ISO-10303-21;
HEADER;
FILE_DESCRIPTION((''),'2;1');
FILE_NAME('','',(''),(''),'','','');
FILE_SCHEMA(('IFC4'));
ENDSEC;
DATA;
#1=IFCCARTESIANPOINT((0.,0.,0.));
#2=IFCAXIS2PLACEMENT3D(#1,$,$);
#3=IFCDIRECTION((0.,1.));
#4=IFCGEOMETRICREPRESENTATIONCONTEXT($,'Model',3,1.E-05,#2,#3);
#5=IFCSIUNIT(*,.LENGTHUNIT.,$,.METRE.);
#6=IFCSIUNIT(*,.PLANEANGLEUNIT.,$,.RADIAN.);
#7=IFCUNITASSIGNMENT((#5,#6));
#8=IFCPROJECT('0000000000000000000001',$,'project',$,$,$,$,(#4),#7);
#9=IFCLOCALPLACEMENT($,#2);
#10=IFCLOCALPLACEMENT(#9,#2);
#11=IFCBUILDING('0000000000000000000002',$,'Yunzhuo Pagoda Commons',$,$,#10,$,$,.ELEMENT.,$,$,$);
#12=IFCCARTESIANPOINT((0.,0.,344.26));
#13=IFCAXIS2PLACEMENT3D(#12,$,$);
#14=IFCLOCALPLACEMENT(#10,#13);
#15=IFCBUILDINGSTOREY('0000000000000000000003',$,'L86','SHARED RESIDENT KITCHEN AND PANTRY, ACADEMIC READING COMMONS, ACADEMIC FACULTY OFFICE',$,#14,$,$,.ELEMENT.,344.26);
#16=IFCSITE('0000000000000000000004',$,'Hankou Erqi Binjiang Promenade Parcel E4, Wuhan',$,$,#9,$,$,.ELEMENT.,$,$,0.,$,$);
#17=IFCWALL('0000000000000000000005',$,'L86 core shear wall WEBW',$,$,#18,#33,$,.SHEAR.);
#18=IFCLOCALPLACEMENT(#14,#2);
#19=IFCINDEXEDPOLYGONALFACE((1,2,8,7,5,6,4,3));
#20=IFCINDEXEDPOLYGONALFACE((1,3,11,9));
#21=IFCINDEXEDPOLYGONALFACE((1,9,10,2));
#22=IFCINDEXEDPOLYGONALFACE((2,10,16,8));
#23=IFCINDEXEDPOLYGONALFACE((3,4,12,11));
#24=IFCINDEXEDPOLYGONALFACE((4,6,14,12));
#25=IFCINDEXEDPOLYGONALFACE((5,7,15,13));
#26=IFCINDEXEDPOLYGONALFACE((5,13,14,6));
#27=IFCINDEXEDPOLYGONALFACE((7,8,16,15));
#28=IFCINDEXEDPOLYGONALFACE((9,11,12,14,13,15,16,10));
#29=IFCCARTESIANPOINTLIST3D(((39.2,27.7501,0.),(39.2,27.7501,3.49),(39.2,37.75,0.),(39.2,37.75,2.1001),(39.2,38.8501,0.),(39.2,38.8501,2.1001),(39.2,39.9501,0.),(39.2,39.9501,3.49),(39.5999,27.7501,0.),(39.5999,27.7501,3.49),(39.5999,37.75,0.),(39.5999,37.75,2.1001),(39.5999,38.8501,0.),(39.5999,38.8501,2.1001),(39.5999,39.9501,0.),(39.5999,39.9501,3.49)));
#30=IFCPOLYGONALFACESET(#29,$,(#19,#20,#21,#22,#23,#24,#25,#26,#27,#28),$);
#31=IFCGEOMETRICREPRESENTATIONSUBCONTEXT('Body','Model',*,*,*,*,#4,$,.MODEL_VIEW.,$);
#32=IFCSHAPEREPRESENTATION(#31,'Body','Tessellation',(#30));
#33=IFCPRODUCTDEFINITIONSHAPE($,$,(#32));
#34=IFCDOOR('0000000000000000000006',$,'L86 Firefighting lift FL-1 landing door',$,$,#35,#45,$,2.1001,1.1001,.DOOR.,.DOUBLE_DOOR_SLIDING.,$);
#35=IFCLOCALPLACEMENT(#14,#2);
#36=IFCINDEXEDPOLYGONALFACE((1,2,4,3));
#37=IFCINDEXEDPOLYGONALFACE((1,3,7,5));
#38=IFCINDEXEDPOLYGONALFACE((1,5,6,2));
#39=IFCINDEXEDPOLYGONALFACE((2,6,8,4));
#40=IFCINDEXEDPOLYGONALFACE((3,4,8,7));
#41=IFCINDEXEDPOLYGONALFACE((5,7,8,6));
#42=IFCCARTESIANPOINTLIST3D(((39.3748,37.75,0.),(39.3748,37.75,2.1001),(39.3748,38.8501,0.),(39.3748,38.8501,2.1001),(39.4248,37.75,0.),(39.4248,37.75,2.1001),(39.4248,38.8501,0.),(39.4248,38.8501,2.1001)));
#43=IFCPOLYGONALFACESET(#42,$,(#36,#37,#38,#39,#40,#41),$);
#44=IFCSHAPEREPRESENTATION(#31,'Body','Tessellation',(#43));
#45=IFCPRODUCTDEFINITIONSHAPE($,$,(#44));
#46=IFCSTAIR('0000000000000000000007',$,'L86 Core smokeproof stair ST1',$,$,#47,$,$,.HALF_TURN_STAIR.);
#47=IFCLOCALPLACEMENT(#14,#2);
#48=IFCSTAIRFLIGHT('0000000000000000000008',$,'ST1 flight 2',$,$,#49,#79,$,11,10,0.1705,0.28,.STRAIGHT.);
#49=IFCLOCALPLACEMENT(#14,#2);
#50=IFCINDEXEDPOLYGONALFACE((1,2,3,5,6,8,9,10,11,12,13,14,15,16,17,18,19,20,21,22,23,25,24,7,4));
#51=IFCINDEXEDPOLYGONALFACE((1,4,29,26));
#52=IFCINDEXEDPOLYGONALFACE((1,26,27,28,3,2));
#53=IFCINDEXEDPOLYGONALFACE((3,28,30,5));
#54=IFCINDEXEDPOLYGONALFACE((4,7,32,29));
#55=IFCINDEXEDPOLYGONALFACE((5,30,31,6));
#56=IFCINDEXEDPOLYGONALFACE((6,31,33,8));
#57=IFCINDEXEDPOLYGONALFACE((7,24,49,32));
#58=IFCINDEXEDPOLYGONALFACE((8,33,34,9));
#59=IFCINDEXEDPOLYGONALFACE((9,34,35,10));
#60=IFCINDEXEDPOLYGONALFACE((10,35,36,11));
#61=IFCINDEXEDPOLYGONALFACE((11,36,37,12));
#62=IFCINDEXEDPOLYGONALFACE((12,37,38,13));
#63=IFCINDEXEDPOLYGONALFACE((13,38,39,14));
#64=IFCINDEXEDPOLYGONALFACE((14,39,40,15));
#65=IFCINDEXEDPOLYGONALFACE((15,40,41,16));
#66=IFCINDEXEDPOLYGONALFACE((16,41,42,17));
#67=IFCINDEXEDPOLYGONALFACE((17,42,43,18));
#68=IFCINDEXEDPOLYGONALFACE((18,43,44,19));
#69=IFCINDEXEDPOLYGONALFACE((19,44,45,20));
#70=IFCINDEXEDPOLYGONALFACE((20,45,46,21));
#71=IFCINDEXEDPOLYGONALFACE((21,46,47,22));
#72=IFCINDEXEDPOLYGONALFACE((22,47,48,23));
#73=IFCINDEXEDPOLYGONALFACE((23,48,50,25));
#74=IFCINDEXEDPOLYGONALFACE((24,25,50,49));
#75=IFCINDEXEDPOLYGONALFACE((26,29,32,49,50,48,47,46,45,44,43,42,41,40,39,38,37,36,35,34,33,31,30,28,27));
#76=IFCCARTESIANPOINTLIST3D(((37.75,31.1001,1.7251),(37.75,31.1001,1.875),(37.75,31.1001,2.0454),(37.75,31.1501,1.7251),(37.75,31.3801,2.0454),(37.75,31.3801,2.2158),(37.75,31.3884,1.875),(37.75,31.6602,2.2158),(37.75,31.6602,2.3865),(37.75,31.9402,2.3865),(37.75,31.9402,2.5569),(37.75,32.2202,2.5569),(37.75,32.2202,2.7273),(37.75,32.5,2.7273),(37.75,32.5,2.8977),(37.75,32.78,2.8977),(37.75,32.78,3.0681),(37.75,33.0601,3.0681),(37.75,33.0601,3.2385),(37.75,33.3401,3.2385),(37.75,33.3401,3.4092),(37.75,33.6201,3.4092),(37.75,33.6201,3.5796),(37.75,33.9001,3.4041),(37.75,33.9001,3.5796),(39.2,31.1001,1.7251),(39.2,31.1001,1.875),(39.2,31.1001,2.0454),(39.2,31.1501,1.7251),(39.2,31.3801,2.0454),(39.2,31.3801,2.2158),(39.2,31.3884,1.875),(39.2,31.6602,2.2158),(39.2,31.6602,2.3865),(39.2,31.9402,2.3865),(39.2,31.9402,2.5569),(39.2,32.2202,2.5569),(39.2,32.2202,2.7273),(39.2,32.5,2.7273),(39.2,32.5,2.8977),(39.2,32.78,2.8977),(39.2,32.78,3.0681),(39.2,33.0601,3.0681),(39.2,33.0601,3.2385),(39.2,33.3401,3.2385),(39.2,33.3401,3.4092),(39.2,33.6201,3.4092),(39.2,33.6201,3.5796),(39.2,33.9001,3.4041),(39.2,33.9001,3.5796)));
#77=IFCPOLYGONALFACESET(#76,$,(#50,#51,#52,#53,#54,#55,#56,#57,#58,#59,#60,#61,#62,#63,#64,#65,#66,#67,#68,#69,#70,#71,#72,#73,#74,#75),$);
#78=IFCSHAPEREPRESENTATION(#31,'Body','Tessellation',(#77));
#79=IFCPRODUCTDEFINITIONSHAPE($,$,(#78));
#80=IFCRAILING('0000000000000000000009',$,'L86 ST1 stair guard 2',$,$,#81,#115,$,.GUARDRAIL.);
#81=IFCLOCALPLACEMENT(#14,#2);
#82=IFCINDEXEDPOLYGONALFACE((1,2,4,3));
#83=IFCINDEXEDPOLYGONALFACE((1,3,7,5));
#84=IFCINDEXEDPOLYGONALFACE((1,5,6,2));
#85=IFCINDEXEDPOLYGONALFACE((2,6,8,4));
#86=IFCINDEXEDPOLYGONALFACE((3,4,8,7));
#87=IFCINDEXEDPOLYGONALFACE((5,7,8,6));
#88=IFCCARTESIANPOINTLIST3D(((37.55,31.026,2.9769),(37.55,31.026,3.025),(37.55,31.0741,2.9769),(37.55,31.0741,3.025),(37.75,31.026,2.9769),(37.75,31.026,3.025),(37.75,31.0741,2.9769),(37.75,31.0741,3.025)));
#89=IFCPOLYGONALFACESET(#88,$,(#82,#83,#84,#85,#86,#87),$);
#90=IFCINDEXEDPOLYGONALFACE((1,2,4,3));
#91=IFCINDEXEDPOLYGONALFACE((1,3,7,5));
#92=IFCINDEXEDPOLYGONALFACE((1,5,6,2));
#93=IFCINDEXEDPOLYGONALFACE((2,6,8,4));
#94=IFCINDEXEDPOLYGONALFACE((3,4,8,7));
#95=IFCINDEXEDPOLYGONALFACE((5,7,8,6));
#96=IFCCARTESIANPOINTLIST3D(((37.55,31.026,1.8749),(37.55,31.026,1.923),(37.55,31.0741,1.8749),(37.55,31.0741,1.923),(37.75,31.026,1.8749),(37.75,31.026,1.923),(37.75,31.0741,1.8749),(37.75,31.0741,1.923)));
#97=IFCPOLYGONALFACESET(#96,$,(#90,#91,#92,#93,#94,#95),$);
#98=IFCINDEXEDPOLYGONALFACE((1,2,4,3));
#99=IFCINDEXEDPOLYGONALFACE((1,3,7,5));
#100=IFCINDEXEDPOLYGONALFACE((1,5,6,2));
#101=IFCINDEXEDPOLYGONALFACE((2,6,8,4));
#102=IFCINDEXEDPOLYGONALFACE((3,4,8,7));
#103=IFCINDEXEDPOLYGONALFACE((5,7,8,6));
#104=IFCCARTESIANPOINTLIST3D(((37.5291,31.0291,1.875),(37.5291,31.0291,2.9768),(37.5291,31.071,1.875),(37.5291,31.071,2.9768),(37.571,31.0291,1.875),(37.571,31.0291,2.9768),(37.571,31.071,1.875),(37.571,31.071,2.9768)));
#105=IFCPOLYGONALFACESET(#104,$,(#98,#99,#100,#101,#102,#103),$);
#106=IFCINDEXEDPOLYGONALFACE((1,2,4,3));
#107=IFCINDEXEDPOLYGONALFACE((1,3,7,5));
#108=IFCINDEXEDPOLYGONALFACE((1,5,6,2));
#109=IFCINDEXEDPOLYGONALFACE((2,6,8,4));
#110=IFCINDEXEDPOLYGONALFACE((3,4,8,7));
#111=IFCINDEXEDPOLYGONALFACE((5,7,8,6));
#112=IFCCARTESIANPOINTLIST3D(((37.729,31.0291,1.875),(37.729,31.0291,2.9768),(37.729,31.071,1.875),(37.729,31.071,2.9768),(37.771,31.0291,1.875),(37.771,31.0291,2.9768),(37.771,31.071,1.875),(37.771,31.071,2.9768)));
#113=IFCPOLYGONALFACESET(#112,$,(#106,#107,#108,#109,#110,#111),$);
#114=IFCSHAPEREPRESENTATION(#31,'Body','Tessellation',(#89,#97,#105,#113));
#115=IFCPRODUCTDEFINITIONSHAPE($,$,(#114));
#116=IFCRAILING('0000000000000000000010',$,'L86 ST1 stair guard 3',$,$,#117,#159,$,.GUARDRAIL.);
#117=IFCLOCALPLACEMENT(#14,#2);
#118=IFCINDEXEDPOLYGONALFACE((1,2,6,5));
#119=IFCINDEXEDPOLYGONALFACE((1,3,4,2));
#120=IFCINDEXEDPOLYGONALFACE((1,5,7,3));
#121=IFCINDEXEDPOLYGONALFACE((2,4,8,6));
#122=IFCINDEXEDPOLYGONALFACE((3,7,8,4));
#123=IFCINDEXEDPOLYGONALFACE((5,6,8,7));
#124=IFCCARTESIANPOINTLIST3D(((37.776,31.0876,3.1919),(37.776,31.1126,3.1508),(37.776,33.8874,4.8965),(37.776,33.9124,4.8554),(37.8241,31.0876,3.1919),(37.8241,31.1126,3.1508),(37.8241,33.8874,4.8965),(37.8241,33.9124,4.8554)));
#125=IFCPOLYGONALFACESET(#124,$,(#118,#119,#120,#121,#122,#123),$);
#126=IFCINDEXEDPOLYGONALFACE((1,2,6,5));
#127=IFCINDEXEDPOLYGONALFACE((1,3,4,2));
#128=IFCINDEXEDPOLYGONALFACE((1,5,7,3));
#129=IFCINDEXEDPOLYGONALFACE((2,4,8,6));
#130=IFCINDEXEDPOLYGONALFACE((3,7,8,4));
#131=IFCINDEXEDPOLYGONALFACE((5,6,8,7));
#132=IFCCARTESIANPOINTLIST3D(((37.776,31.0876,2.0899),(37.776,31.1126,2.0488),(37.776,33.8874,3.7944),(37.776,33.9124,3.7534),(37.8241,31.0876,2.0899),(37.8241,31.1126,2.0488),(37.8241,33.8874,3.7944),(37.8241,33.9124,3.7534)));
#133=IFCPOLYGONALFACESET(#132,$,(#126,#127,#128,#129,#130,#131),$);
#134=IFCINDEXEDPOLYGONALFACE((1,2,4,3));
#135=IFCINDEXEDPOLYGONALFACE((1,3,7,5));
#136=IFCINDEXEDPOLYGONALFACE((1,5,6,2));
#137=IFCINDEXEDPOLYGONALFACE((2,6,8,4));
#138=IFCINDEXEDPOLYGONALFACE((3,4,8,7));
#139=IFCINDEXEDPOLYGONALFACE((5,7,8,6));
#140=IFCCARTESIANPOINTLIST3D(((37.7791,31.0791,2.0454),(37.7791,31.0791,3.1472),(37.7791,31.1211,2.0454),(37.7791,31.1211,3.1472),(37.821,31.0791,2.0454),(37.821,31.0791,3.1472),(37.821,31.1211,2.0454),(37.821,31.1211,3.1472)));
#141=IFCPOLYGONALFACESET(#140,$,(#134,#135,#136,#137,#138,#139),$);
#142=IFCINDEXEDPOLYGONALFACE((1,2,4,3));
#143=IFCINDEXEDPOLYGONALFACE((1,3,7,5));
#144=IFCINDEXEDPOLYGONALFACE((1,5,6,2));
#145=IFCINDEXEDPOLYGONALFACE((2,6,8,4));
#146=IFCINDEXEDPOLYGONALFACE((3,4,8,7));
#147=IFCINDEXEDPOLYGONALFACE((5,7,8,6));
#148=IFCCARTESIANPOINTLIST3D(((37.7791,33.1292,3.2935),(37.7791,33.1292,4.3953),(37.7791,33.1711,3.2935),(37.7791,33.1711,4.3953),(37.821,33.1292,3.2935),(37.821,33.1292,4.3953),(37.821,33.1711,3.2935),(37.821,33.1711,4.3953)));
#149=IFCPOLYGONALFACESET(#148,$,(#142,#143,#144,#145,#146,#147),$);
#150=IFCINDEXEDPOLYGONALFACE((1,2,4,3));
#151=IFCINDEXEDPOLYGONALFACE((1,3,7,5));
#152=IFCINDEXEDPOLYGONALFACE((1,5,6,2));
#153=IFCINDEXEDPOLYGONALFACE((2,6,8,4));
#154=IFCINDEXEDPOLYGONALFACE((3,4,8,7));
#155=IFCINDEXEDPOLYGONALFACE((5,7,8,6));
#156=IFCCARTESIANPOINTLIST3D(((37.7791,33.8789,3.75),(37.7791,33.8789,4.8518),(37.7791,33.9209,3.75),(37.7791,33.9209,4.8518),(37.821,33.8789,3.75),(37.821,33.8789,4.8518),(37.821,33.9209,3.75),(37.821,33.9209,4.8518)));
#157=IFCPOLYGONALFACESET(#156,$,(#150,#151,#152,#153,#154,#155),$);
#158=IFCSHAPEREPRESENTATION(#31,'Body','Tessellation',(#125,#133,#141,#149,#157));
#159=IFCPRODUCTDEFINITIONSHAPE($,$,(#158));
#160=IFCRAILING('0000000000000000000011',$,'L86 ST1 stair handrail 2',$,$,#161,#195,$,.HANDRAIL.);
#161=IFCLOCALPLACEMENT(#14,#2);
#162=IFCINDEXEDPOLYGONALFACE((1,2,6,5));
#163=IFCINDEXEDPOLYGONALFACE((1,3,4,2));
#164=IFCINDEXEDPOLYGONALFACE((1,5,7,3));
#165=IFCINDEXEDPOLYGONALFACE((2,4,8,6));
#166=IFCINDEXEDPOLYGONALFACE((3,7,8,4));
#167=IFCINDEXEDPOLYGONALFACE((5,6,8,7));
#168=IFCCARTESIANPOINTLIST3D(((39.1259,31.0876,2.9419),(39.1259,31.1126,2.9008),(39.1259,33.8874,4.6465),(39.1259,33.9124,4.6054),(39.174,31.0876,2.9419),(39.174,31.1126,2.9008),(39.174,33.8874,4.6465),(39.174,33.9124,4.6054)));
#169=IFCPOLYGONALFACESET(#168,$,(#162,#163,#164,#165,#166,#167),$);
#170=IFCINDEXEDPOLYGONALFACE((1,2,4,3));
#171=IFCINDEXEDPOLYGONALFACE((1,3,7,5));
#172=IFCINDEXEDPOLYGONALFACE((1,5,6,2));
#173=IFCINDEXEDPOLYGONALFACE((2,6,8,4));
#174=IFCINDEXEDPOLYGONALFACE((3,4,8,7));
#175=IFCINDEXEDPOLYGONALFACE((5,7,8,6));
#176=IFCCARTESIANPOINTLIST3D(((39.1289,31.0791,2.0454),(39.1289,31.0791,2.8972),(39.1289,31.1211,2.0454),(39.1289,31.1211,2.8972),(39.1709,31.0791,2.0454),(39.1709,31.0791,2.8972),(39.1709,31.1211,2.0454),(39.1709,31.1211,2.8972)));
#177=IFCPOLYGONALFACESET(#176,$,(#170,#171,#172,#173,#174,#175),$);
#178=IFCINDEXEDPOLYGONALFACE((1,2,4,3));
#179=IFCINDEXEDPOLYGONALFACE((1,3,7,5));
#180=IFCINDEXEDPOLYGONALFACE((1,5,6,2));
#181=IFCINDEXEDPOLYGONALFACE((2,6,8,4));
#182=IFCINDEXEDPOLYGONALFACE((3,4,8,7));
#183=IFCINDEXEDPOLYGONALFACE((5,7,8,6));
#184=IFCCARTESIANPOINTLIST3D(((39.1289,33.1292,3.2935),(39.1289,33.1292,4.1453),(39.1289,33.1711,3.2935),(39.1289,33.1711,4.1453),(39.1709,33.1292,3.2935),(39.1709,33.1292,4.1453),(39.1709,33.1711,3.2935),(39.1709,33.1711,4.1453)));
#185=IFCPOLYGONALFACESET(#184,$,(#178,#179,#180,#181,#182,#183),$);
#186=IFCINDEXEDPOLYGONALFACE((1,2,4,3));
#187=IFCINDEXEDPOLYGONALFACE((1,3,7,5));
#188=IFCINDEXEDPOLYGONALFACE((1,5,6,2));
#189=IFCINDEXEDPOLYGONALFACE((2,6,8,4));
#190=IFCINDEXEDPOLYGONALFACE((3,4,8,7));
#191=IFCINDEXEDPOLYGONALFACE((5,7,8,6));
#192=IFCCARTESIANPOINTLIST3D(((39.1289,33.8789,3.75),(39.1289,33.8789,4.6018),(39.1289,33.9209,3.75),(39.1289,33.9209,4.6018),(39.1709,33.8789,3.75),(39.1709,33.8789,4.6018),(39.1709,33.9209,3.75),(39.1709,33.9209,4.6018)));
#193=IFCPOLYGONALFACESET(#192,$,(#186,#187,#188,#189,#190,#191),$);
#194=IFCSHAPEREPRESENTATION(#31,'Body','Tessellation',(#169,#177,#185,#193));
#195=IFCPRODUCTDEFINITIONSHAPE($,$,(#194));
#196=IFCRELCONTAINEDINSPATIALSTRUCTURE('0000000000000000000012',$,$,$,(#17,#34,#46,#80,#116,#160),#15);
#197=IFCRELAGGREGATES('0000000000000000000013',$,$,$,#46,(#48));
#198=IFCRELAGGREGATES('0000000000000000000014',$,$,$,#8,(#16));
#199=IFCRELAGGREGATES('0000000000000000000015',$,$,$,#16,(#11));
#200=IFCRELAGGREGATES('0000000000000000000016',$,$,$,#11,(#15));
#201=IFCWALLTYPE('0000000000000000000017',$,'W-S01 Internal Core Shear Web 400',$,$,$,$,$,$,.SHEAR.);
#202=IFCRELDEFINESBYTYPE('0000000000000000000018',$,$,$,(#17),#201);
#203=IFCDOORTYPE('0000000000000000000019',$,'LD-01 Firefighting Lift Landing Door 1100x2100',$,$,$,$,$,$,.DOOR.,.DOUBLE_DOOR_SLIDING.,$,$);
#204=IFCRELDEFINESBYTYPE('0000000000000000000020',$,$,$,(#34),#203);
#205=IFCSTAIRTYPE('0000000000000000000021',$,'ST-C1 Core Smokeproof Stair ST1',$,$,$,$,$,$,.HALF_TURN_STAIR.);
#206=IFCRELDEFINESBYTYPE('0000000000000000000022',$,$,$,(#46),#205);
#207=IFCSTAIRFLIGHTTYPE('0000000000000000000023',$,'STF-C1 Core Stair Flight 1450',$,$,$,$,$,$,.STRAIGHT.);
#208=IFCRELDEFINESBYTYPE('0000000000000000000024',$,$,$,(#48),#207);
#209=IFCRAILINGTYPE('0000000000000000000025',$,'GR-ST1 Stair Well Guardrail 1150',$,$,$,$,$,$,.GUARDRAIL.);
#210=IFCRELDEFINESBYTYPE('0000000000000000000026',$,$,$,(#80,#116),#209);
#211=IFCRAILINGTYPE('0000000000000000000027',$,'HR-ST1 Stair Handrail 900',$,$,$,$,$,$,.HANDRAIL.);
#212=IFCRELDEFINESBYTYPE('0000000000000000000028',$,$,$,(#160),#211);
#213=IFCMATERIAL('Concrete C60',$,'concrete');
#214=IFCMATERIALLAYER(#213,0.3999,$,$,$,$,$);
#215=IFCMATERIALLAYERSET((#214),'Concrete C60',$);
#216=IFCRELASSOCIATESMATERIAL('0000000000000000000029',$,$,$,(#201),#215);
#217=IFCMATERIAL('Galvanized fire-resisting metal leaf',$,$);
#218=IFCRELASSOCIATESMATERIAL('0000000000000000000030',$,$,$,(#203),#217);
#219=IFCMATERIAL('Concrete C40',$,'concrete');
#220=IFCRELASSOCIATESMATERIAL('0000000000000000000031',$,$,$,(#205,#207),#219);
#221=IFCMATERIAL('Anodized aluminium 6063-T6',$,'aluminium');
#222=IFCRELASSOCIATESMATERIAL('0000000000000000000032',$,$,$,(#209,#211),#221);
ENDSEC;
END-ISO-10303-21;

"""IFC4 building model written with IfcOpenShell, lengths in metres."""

from ifc_helpers import new_model, si_unit, direction, frame, frame_2d, origin, origin_2d, place, context, subcontext, project, spatial, polyline, rectangle, outline, extrude, source, transform, mapped, material, layer, layer_set, type_object, element, fill, aggregate, save


model = new_model("IFC4")

# Units and contexts
model_context = context("Model", 3, precision=1e-05, world=origin(), true_north=direction((0.0, 1.0)))
body_context = subcontext(model_context, "Body", "Model", "MODEL_VIEW")
ifc_project = project(units=[si_unit("LENGTHUNIT", "METRE"), si_unit("PLANEANGLEUNIT", "RADIAN")], contexts=[model_context])

# Site, building, storey
site_placement = place(None, origin())
site = spatial("IfcSite", under=ifc_project, at=site_placement, Name="Hankou Erqi Binjiang Promenade Parcel E4, Wuhan", CompositionType="ELEMENT", RefElevation=0.0)
building_placement = place(site_placement, origin())
building = spatial("IfcBuilding", under=site, at=building_placement, Name="Yunzhuo Pagoda Commons", CompositionType="ELEMENT")
storey_placement = place(building_placement, frame((0.0, 0.0, 344.26)))
storey = spatial("IfcBuildingStorey", under=building, at=storey_placement, Name="L86", Description="SHARED RESIDENT KITCHEN AND PANTRY, ACADEMIC READING COMMONS, ACADEMIC FACULTY OFFICE", CompositionType="ELEMENT", Elevation=344.26)

# Shared definitions
ifc_material_1 = material(Name="Anodized aluminium 6063-T6", Category="aluminium")

# Wall, opening, door
ifc_material_2 = material(Name="Concrete C60", Category="concrete")
ifc_layer_1 = layer(ifc_material_2, 0.3999)
ifc_layer_set_1 = layer_set([ifc_layer_1], Name="Concrete C60")
wall_type = type_object("IfcWallType", Name="W-S01 Internal Core Shear Web 400", PredefinedType="SHEAR", material=ifc_layer_set_1)
wall_placement = place(storey_placement, frame((39.3999, 27.75, 0.0), z_axis=(0.0, 0.0, 1.0), x_axis=(0.0, 1.0, 0.0)))
wall = element("IfcWall", 1, at=wall_placement, inside=storey, type_object=wall_type, Name="L86 core shear wall WEBW", PredefinedType="SHEAR", context=body_context, shape_type="SweptSolid", body=[
    extrude(rectangle(XDim=12.2, YDim=0.3999, at=frame_2d((6.1001, 0.0))), origin(), (0.0, 0.0, 1.0), 3.49),
])
opening_placement = place(wall_placement, frame((10.0, 0.0, 0.0)))
opening = element("IfcOpeningElement", 2, at=opening_placement, cuts=wall, PredefinedType="OPENING", context=body_context, shape_type="SweptSolid", body=[
    extrude(rectangle(XDim=1.1001, YDim=2.1001, at=frame_2d((0.55, 1.05))), frame((0.0, 0.21, 0.0), z_axis=(0.0, -1.0, 0.0), x_axis=(1.0, 0.0, 0.0)), (0.0, 0.0, 1.0), 0.4199),
])
ifc_material_3 = material(Name="Galvanized fire-resisting metal leaf")
door_type = type_object("IfcDoorType", Name="LD-01 Firefighting Lift Landing Door 1100x2100", OperationType="DOUBLE_DOOR_SLIDING", PredefinedType="DOOR", material=ifc_material_3)
shared_shape_1 = source(origin(), body_context, "Body", "SweptSolid", [
    extrude(rectangle(XDim=1.1001, YDim=2.1001, at=frame_2d((0.55, 1.05))), frame((0.0, 0.0249, 0.0), z_axis=(0.0, -1.0, 0.0), x_axis=(1.0, 0.0, 0.0)), (0.0, 0.0, 1.0), 0.05),
])
door_placement = place(opening_placement, frame((1.1001, 0.0, 0.0), z_axis=(0.0, 0.0, 1.0), x_axis=(-1.0, 0.0, 0.0)))
door = element("IfcDoor", 3, at=door_placement, inside=storey, type_object=door_type, Name="L86 Firefighting lift FL-1 landing door", OperationType="DOUBLE_DOOR_SLIDING", OverallHeight=2.1001, OverallWidth=1.1001, PredefinedType="DOOR", context=body_context, shape_type="MappedRepresentation", body=[
    mapped(shared_shape_1, transform((0.0, 0.0, 0.0), scale=1.0)),
])
fill(opening, door)

# Stair, stair flight
ifc_material_4 = material(Name="Concrete C40", Category="concrete")
stair_type = type_object("IfcStairType", Name="ST-C1 Core Smokeproof Stair ST1", PredefinedType="HALF_TURN_STAIR", material=ifc_material_4)
stair_placement = place(storey_placement, origin())
stair = element("IfcStair", 4, at=stair_placement, inside=storey, type_object=stair_type, Name="L86 Core smokeproof stair ST1", PredefinedType="HALF_TURN_STAIR")
stair_flight_type = type_object("IfcStairFlightType", Name="STF-C1 Core Stair Flight 1450", PredefinedType="STRAIGHT", material=ifc_material_4)
shared_shape_2 = source(origin(), body_context, "Body", "SweptSolid", [
    extrude(outline(polyline([(0.0, -0.1499), (0.0, 0.0), (0.0, 0.1704), (0.28, 0.1704), (0.28, 0.3408), (0.5601, 0.3408), (0.5601, 0.5115), (0.8401, 0.5115), (0.8401, 0.6819), (1.1201, 0.6819), (1.1201, 0.8523), (1.3999, 0.8523), (1.3999, 1.0227), (1.6799, 1.0227), (1.6799, 1.1931), (1.96, 1.1931), (1.96, 1.3635), (2.24, 1.3635), (2.24, 1.5342), (2.52, 1.5342), (2.52, 1.7046), (2.8, 1.7046), (2.8, 1.875), (2.8, 1.5291), (0.2883, 0.0), (0.05, -0.1499), (0.0, -0.1499)])), frame((0.0, 0.7251, 0.0), z_axis=(0.0, -1.0, 0.0), x_axis=(1.0, 0.0, 0.0)), (0.0, 0.0, 1.0), 1.45),
])
stair_flight_placement = place(storey_placement, frame((38.4751, 31.1001, 1.875), z_axis=(0.0, 0.0, 1.0), x_axis=(0.0, 1.0, 0.0)))
stair_flight = element("IfcStairFlight", 5, at=stair_flight_placement, type_object=stair_flight_type, Name="ST1 flight 2", NumberOfRisers=11, NumberOfTreads=10, PredefinedType="STRAIGHT", RiserHeight=0.1705, TreadLength=0.28, context=body_context, shape_type="MappedRepresentation", body=[
    mapped(shared_shape_2, transform((0.0, 0.0, 0.0), scale=1.0)),
])
aggregate(stair, [stair_flight])

# Railings
railing_type_1 = type_object("IfcRailingType", Name="GR-ST1 Stair Well Guardrail 1150", PredefinedType="GUARDRAIL", material=ifc_material_1)
railing_1_placement = place(storey_placement, frame((37.55, 31.05, 1.875)))
element("IfcRailing", 6, at=railing_1_placement, inside=storey, type_object=railing_type_1, Name="L86 ST1 stair guard 2", PredefinedType="GUARDRAIL", context=body_context, shape_type="SweptSolid", body=[
    extrude(rectangle(XDim=0.0481, YDim=0.0481, at=origin_2d()), frame((0.0, 0.0, 1.126), z_axis=(1.0, 0.0, 0.0), x_axis=(0.0, 1.0, 0.0)), (0.0, 0.0, 1.0), 0.2),
    extrude(rectangle(XDim=0.0481, YDim=0.0481, at=origin_2d()), frame((0.0, 0.0, 0.0239), z_axis=(1.0, 0.0, 0.0), x_axis=(0.0, 1.0, 0.0)), (0.0, 0.0, 1.0), 0.2),
    extrude(rectangle(XDim=0.042, YDim=0.042, at=origin_2d()), origin(), (0.0, 0.0, 1.0), 1.1018),
    extrude(rectangle(XDim=0.042, YDim=0.042, at=origin_2d()), frame((0.2, 0.0, 0.0)), (0.0, 0.0, 1.0), 1.1018),
])
railing_2_placement = place(storey_placement, frame((37.8, 31.1001, 2.0454)))
element("IfcRailing", 7, at=railing_2_placement, inside=storey, type_object=railing_type_1, Name="L86 ST1 stair guard 3", PredefinedType="GUARDRAIL", context=body_context, shape_type="SweptSolid", body=[
    extrude(rectangle(XDim=0.0481, YDim=0.0481, at=origin_2d()), frame((0.0, 0.0, 1.126), z_axis=(0.0, 0.85415, 0.520027), x_axis=(-1.0, 0.0, 0.0)), (0.0, 0.0, 1.0), 3.2778),
    extrude(rectangle(XDim=0.0481, YDim=0.0481, at=origin_2d()), frame((0.0, 0.0, 0.0239), z_axis=(0.0, 0.85415, 0.520027), x_axis=(-1.0, 0.0, 0.0)), (0.0, 0.0, 1.0), 3.2778),
    extrude(rectangle(XDim=0.042, YDim=0.042, at=origin_2d()), origin(), (0.0, 0.0, 1.0), 1.1018),
    extrude(rectangle(XDim=0.042, YDim=0.042, at=origin_2d()), frame((0.0, 2.05, 1.248)), (0.0, 0.0, 1.0), 1.1018),
    extrude(rectangle(XDim=0.042, YDim=0.042, at=origin_2d()), frame((0.0, 2.7998, 1.7046)), (0.0, 0.0, 1.0), 1.1018),
])
railing_type_2 = type_object("IfcRailingType", Name="HR-ST1 Stair Handrail 900", PredefinedType="HANDRAIL", material=ifc_material_1)
railing_3_placement = place(storey_placement, frame((39.1499, 31.1001, 2.0454)))
element("IfcRailing", 8, at=railing_3_placement, inside=storey, type_object=railing_type_2, Name="L86 ST1 stair handrail 2", PredefinedType="HANDRAIL", context=body_context, shape_type="SweptSolid", body=[
    extrude(rectangle(XDim=0.0481, YDim=0.0481, at=origin_2d()), frame((0.0, 0.0, 0.876), z_axis=(0.0, 0.85415, 0.520027), x_axis=(-1.0, 0.0, 0.0)), (0.0, 0.0, 1.0), 3.2778),
    extrude(rectangle(XDim=0.042, YDim=0.042, at=origin_2d()), origin(), (0.0, 0.0, 1.0), 0.8518),
    extrude(rectangle(XDim=0.042, YDim=0.042, at=origin_2d()), frame((0.0, 2.05, 1.248)), (0.0, 0.0, 1.0), 0.8518),
    extrude(rectangle(XDim=0.042, YDim=0.042, at=origin_2d()), frame((0.0, 2.7998, 1.7046)), (0.0, 0.0, 1.0), 0.8518),
])

save(model, "model.ifc")
